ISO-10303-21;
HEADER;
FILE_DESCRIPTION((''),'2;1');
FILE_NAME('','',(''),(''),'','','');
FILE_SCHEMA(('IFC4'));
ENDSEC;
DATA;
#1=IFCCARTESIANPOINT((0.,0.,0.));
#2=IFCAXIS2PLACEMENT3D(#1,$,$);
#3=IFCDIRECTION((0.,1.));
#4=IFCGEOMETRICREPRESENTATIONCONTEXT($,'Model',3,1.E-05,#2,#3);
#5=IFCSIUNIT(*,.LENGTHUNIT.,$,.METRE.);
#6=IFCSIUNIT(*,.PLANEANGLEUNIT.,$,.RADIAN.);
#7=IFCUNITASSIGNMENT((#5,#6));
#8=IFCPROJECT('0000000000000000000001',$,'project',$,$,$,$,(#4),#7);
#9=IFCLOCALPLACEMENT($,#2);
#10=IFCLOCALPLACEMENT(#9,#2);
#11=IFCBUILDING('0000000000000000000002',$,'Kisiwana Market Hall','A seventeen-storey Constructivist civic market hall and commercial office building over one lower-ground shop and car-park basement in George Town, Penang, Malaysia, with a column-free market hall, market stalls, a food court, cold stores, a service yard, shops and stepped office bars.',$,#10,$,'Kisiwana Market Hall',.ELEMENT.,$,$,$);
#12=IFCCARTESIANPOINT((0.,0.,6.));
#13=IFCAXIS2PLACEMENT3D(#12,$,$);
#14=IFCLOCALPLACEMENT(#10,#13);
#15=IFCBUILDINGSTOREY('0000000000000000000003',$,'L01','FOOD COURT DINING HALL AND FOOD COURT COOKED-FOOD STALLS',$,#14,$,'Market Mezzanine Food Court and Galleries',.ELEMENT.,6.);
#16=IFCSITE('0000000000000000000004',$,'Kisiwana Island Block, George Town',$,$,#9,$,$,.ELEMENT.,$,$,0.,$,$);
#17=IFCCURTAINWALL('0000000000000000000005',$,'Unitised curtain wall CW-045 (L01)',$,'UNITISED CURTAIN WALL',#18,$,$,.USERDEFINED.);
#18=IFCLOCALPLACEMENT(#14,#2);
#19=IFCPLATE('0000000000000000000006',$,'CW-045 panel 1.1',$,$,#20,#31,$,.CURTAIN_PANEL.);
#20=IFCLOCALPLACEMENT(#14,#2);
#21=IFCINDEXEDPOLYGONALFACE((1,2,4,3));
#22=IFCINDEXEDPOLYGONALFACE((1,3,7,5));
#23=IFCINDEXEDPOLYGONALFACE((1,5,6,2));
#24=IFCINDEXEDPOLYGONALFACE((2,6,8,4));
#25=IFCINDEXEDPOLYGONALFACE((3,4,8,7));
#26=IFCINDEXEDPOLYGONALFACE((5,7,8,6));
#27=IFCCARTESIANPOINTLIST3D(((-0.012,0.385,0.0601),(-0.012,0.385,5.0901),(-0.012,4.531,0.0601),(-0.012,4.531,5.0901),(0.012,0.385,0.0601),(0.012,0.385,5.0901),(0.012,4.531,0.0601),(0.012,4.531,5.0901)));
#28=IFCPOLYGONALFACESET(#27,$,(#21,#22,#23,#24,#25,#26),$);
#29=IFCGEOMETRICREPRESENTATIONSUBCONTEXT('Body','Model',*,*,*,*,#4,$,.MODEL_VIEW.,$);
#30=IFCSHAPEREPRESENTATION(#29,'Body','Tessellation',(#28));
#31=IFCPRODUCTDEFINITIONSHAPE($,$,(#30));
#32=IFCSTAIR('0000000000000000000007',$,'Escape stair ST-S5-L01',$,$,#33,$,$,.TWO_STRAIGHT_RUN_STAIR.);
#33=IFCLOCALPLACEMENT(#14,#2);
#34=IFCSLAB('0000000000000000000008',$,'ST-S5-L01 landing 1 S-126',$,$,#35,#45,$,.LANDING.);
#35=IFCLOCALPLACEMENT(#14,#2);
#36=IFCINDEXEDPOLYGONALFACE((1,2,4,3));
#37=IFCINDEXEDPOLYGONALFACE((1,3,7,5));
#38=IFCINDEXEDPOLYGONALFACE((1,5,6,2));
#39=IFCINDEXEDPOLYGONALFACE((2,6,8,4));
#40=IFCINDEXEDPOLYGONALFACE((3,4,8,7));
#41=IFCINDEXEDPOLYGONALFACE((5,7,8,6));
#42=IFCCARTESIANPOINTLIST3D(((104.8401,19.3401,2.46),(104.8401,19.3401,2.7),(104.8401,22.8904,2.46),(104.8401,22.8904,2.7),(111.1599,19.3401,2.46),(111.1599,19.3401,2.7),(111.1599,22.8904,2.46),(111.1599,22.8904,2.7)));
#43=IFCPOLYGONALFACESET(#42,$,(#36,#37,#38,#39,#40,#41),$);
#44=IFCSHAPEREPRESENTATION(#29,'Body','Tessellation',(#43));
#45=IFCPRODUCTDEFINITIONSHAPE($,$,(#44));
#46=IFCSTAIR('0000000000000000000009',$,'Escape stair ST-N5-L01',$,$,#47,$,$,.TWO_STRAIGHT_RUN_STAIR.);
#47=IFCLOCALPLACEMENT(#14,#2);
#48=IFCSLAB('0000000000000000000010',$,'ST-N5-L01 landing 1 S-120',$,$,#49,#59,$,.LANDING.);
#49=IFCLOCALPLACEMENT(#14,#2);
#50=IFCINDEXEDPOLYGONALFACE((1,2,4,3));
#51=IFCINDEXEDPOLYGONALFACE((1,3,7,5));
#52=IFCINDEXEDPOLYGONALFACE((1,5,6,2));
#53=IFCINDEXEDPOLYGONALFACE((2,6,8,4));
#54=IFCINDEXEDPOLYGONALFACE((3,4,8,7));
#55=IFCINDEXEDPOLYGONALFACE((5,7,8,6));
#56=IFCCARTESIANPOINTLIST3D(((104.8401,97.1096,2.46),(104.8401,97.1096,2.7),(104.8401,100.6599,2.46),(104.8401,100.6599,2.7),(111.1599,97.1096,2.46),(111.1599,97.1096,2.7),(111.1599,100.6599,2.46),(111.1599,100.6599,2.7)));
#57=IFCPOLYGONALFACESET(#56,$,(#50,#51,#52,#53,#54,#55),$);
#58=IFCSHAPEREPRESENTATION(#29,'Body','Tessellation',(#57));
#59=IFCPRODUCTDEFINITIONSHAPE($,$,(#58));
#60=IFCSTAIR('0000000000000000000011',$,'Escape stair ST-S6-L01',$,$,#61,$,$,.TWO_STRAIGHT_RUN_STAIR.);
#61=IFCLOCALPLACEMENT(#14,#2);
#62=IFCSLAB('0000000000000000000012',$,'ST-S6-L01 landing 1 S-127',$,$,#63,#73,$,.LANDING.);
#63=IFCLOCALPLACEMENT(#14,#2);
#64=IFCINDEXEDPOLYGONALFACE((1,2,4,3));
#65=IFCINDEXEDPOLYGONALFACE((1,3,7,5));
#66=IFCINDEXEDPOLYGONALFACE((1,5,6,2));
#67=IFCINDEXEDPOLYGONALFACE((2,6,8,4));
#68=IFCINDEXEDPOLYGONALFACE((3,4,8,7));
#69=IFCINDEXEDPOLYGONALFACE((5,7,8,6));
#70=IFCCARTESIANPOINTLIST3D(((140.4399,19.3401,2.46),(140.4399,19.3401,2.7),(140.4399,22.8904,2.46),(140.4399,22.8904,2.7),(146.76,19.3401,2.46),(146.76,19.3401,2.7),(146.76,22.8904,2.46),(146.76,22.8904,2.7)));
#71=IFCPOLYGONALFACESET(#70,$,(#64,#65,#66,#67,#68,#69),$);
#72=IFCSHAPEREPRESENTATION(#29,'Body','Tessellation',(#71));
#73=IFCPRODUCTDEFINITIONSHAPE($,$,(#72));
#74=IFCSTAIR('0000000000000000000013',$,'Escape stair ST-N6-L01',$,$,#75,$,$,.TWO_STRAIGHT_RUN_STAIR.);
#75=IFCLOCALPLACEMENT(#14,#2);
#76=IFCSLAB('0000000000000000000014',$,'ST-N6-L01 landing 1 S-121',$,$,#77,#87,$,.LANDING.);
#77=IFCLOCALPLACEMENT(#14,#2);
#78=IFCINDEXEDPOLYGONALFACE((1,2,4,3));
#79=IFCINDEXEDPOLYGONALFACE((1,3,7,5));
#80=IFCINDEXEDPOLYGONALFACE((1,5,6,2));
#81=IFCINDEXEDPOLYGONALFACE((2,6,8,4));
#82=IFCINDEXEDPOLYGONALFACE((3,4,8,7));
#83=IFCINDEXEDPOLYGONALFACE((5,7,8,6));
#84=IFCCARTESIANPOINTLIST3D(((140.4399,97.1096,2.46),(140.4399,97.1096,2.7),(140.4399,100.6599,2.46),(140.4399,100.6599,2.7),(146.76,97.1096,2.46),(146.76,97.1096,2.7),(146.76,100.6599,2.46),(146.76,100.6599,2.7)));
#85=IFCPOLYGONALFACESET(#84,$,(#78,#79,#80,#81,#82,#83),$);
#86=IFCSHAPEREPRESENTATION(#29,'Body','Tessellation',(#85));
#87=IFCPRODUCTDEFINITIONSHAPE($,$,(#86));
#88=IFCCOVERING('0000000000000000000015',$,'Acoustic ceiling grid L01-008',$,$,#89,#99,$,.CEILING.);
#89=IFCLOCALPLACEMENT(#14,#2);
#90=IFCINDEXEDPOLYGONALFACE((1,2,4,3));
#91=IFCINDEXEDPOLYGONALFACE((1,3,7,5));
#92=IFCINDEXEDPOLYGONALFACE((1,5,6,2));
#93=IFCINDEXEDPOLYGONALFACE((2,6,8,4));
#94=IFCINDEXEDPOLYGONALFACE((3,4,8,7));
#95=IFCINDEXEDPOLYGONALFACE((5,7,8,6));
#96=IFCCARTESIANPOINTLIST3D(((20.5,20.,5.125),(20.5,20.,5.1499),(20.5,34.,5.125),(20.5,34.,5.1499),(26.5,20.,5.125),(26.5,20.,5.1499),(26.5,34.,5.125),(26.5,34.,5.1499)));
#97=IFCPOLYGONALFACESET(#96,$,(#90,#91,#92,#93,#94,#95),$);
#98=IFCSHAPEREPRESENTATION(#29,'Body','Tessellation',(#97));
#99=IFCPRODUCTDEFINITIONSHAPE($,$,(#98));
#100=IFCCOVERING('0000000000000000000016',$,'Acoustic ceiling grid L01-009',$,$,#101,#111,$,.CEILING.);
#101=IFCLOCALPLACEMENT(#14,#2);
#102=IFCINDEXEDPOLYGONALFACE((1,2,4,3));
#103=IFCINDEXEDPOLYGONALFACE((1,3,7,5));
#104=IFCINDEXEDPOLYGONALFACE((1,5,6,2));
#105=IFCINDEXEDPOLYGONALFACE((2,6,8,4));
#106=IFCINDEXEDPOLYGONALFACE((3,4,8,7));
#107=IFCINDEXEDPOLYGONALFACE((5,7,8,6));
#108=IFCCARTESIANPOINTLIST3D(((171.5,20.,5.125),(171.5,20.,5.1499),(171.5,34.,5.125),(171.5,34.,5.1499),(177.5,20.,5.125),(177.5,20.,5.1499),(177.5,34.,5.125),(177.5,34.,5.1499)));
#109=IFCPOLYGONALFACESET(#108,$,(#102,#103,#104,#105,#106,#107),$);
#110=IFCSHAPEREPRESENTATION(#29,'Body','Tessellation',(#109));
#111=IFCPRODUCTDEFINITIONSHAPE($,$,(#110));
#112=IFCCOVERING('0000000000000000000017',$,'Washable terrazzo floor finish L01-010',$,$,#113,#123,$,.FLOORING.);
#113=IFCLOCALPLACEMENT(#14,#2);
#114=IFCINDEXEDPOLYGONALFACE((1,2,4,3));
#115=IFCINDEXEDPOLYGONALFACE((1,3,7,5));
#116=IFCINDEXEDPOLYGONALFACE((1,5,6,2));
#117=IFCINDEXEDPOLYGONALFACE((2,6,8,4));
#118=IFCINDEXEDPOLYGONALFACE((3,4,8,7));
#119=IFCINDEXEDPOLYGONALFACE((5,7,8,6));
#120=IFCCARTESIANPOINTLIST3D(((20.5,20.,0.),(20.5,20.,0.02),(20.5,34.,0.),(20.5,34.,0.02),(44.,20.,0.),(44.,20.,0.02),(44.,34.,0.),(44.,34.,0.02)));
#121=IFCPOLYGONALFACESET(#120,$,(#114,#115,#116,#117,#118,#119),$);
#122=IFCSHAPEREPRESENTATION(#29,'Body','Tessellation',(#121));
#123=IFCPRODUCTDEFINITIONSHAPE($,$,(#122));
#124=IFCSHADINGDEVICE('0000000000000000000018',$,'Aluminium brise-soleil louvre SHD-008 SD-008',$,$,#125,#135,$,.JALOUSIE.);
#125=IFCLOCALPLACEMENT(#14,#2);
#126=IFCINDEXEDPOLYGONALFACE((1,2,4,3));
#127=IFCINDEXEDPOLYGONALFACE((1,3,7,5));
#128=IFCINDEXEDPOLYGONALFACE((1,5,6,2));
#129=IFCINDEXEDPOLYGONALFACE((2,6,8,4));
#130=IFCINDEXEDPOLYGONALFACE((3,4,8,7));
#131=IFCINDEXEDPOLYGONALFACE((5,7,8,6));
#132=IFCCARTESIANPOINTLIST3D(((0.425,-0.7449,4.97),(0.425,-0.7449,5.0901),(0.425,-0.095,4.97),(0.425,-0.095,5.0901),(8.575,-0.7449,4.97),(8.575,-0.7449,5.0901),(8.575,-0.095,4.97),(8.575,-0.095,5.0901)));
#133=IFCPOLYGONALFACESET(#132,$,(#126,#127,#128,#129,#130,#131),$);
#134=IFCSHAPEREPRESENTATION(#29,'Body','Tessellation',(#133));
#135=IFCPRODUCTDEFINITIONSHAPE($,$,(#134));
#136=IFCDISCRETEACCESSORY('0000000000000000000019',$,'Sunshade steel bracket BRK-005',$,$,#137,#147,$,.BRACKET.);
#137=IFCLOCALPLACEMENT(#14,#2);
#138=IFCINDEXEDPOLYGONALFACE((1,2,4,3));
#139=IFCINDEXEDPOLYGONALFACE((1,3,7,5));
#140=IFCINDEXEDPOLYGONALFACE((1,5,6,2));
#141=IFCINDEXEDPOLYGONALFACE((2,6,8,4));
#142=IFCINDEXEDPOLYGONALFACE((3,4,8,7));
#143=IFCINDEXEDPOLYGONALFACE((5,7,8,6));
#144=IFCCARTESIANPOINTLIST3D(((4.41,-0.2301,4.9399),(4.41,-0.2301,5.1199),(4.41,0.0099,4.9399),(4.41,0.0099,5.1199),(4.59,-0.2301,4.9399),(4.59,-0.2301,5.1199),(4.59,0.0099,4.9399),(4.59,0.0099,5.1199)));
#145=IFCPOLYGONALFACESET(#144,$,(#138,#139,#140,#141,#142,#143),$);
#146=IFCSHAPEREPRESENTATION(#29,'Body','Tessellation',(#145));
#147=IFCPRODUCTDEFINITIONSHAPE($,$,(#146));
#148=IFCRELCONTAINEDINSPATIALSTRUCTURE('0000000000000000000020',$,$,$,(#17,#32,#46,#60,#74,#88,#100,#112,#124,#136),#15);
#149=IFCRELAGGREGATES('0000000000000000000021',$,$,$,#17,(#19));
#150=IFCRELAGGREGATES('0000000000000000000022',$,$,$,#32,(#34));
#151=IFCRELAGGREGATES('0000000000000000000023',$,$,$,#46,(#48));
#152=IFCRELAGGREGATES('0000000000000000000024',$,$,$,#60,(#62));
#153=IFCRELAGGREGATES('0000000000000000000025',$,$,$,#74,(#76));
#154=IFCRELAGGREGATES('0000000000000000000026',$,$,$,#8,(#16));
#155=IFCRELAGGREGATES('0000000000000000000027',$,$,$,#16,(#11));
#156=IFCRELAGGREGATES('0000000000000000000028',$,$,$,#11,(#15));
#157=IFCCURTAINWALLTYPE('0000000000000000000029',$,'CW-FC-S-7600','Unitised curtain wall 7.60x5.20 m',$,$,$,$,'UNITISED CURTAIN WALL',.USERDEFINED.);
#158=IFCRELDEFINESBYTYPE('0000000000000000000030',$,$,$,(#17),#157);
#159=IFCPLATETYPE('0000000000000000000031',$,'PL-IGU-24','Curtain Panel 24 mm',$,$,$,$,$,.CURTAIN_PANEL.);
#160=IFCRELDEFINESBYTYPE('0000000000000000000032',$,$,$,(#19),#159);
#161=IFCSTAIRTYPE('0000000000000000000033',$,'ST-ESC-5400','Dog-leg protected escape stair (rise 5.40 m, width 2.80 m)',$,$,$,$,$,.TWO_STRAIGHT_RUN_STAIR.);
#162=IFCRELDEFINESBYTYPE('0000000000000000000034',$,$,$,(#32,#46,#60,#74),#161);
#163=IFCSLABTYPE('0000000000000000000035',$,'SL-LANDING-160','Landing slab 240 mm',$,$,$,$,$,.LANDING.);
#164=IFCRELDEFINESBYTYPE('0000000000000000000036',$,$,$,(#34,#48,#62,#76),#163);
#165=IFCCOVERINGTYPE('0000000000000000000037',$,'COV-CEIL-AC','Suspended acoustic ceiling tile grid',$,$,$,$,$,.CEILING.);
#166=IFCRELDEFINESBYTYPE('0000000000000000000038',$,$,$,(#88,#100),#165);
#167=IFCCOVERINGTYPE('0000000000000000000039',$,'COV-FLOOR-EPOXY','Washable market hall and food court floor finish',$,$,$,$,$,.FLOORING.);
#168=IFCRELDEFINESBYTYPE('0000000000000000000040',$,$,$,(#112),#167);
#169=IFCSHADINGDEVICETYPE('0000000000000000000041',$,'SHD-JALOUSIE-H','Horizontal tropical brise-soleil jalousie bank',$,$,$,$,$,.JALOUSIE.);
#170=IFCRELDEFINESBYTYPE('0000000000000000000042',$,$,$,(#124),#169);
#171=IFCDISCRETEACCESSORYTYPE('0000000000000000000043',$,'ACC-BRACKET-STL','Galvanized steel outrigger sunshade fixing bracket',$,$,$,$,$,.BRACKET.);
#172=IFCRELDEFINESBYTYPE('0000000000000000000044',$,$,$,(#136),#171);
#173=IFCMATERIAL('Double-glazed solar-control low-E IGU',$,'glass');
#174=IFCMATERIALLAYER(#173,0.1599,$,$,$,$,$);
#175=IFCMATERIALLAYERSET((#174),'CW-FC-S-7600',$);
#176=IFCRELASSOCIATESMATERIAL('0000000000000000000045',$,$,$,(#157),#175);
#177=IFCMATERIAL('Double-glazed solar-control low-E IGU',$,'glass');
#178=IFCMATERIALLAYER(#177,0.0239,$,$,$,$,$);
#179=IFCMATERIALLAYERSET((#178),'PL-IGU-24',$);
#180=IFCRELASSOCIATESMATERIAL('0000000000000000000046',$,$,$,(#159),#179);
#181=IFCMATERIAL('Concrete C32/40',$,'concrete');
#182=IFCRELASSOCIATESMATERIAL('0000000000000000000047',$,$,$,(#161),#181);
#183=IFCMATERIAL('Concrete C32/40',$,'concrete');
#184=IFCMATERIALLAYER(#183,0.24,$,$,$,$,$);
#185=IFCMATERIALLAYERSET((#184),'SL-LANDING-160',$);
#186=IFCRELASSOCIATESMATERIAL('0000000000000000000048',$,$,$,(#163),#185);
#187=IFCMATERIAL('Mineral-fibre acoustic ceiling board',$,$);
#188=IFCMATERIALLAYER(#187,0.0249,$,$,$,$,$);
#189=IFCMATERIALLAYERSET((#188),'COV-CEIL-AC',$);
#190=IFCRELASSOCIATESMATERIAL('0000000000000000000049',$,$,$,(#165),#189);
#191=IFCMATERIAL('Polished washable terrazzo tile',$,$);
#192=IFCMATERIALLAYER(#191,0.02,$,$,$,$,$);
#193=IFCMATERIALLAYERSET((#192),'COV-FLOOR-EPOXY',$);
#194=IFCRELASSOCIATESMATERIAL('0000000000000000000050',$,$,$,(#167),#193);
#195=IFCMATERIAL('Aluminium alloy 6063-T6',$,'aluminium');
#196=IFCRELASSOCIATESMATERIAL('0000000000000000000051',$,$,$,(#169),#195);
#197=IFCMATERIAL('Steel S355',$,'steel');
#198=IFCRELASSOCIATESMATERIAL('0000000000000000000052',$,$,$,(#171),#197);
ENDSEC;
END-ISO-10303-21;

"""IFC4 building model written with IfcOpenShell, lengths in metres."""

from ifc_helpers import new_model, si_unit, direction, frame, origin, origin_2d, place, context, subcontext, project, spatial, polyline, rectangle, outline, extrude, material, layer, layer_set, type_object, element, aggregate, save


model = new_model("IFC4")

# Units and contexts
model_context = context("Model", 3, precision=1e-05, world=origin(), true_north=direction((0.0, 1.0)))
body_context = subcontext(model_context, "Body", "Model", "MODEL_VIEW")
ifc_project = project(units=[si_unit("LENGTHUNIT", "METRE"), si_unit("PLANEANGLEUNIT", "RADIAN")], contexts=[model_context])

# Site, building, storey
site_placement = place(None, origin())
site = spatial("IfcSite", under=ifc_project, at=site_placement, Name="Kisiwana Island Block, George Town", CompositionType="ELEMENT", RefElevation=0.0)
building_placement = place(site_placement, origin())
building = spatial("IfcBuilding", under=site, at=building_placement, Name="Kisiwana Market Hall", Description="A seventeen-storey Constructivist civic market hall and commercial office building over one lower-ground shop and car-park basement in George Town, Penang, Malaysia, with a column-free market hall, market stalls, a food court, cold stores, a service yard, shops and stepped office bars.", LongName="Kisiwana Market Hall", CompositionType="ELEMENT")
storey_placement = place(building_placement, frame((0.0, 0.0, 6.0)))
storey = spatial("IfcBuildingStorey", under=building, at=storey_placement, Name="L01", Description="FOOD COURT DINING HALL AND FOOD COURT COOKED-FOOD STALLS", LongName="Market Mezzanine Food Court and Galleries", CompositionType="ELEMENT", Elevation=6.0)

# Shared definitions
ifc_material_1 = material(Name="Double-glazed solar-control low-E IGU", Category="glass")
ifc_layer_1 = layer(ifc_material_1, 0.1599)
ifc_layer_set_1 = layer_set([ifc_layer_1], Name="CW-FC-S-7600")
curtain_wall_type = type_object("IfcCurtainWallType", Name="CW-FC-S-7600", Description="Unitised curtain wall 7.60x5.20 m", ElementType="UNITISED CURTAIN WALL", PredefinedType="USERDEFINED", material=ifc_layer_set_1)

# Curtain wall
curtain_wall_1_placement = place(storey_placement, origin())
curtain_wall_1 = element("IfcCurtainWall", 1, at=curtain_wall_1_placement, inside=storey, type_object=curtain_wall_type, Name="Unitised curtain wall CW-045 (L01)", ObjectType="UNITISED CURTAIN WALL", PredefinedType="USERDEFINED")

# Plate
ifc_material_2 = material(Name="Double-glazed solar-control low-E IGU", Category="glass")
ifc_layer_2 = layer(ifc_material_2, 0.0239)
ifc_layer_set_2 = layer_set([ifc_layer_2], Name="PL-IGU-24")
plate_type = type_object("IfcPlateType", Name="PL-IGU-24", Description="Curtain Panel 24 mm", PredefinedType="CURTAIN_PANEL", material=ifc_layer_set_2)
plate_1_placement = place(storey_placement, frame((0.0, 2.458, 0.0601), z_axis=(0.0, 0.0, 1.0), x_axis=(0.0, 1.0, 0.0)))
plate_1 = element("IfcPlate", 2, at=plate_1_placement, type_object=plate_type, Name="CW-045 panel 1.1", PredefinedType="CURTAIN_PANEL", context=body_context, shape_type="SweptSolid", body=[
    extrude(rectangle(XDim=4.146, YDim=0.0239, at=origin_2d()), origin(), (0.0, 0.0, 1.0), 5.03),
])
aggregate(curtain_wall_1, [plate_1])

# Stairs, slabs
ifc_material_3 = material(Name="Concrete C32/40", Category="concrete")
stair_type = type_object("IfcStairType", Name="ST-ESC-5400", Description="Dog-leg protected escape stair (rise 5.40 m, width 2.80 m)", PredefinedType="TWO_STRAIGHT_RUN_STAIR", material=ifc_material_3)
stair_1_placement = place(storey_placement, origin())
stair_1 = element("IfcStair", 3, at=stair_1_placement, inside=storey, type_object=stair_type, Name="Escape stair ST-S5-L01", PredefinedType="TWO_STRAIGHT_RUN_STAIR")
ifc_material_4 = material(Name="Concrete C32/40", Category="concrete")
ifc_layer_3 = layer(ifc_material_4, 0.24)
ifc_layer_set_3 = layer_set([ifc_layer_3], Name="SL-LANDING-160")
slab_type = type_object("IfcSlabType", Name="SL-LANDING-160", Description="Landing slab 240 mm", PredefinedType="LANDING", material=ifc_layer_set_3)
slab_1_placement = place(storey_placement, frame((0.0, 0.0, 2.46)))
slab_1 = element("IfcSlab", 4, at=slab_1_placement, type_object=slab_type, Name="ST-S5-L01 landing 1 S-126", PredefinedType="LANDING", context=body_context, shape_type="SweptSolid", body=[
    extrude(outline(polyline([(104.8401, 19.3401), (111.1599, 19.3401), (111.1599, 22.8904), (104.8401, 22.8904), (104.8401, 19.3401)])), origin(), (0.0, 0.0, 1.0), 0.24),
])
aggregate(stair_1, [slab_1])
stair_2_placement = place(storey_placement, origin())
stair_2 = element("IfcStair", 5, at=stair_2_placement, inside=storey, type_object=stair_type, Name="Escape stair ST-N5-L01", PredefinedType="TWO_STRAIGHT_RUN_STAIR")
slab_2_placement = place(storey_placement, frame((0.0, 0.0, 2.46)))
slab_2 = element("IfcSlab", 6, at=slab_2_placement, type_object=slab_type, Name="ST-N5-L01 landing 1 S-120", PredefinedType="LANDING", context=body_context, shape_type="SweptSolid", body=[
    extrude(outline(polyline([(104.8401, 97.1096), (111.1599, 97.1096), (111.1599, 100.6599), (104.8401, 100.6599), (104.8401, 97.1096)])), origin(), (0.0, 0.0, 1.0), 0.24),
])
aggregate(stair_2, [slab_2])
stair_3_placement = place(storey_placement, origin())
stair_3 = element("IfcStair", 7, at=stair_3_placement, inside=storey, type_object=stair_type, Name="Escape stair ST-S6-L01", PredefinedType="TWO_STRAIGHT_RUN_STAIR")
slab_3_placement = place(storey_placement, frame((0.0, 0.0, 2.46)))
slab_3 = element("IfcSlab", 8, at=slab_3_placement, type_object=slab_type, Name="ST-S6-L01 landing 1 S-127", PredefinedType="LANDING", context=body_context, shape_type="SweptSolid", body=[
    extrude(outline(polyline([(140.4399, 19.3401), (146.76, 19.3401), (146.76, 22.8904), (140.4399, 22.8904), (140.4399, 19.3401)])), origin(), (0.0, 0.0, 1.0), 0.24),
])
aggregate(stair_3, [slab_3])
stair_4_placement = place(storey_placement, origin())
stair_4 = element("IfcStair", 9, at=stair_4_placement, inside=storey, type_object=stair_type, Name="Escape stair ST-N6-L01", PredefinedType="TWO_STRAIGHT_RUN_STAIR")
slab_4_placement = place(storey_placement, frame((0.0, 0.0, 2.46)))
slab_4 = element("IfcSlab", 10, at=slab_4_placement, type_object=slab_type, Name="ST-N6-L01 landing 1 S-121", PredefinedType="LANDING", context=body_context, shape_type="SweptSolid", body=[
    extrude(outline(polyline([(140.4399, 97.1096), (146.76, 97.1096), (146.76, 100.6599), (140.4399, 100.6599), (140.4399, 97.1096)])), origin(), (0.0, 0.0, 1.0), 0.24),
])
aggregate(stair_4, [slab_4])

# Coverings
ifc_material_5 = material(Name="Mineral-fibre acoustic ceiling board")
ifc_layer_4 = layer(ifc_material_5, 0.0249)
ifc_layer_set_4 = layer_set([ifc_layer_4], Name="COV-CEIL-AC")
covering_type_1 = type_object("IfcCoveringType", Name="COV-CEIL-AC", Description="Suspended acoustic ceiling tile grid", PredefinedType="CEILING", material=ifc_layer_set_4)
covering_1_placement = place(storey_placement, frame((0.0, 0.0, 5.125)))
element("IfcCovering", 11, at=covering_1_placement, inside=storey, type_object=covering_type_1, Name="Acoustic ceiling grid L01-008", PredefinedType="CEILING", context=body_context, shape_type="SweptSolid", body=[
    extrude(outline(polyline([(20.5, 20.0), (26.5, 20.0), (26.5, 34.0), (20.5, 34.0), (20.5, 20.0)])), origin(), (0.0, 0.0, 1.0), 0.0249),
])
covering_2_placement = place(storey_placement, frame((0.0, 0.0, 5.125)))
element("IfcCovering", 12, at=covering_2_placement, inside=storey, type_object=covering_type_1, Name="Acoustic ceiling grid L01-009", PredefinedType="CEILING", context=body_context, shape_type="SweptSolid", body=[
    extrude(outline(polyline([(171.5, 20.0), (177.5, 20.0), (177.5, 34.0), (171.5, 34.0), (171.5, 20.0)])), origin(), (0.0, 0.0, 1.0), 0.0249),
])
ifc_material_6 = material(Name="Polished washable terrazzo tile")
ifc_layer_5 = layer(ifc_material_6, 0.02)
ifc_layer_set_5 = layer_set([ifc_layer_5], Name="COV-FLOOR-EPOXY")
covering_type_2 = type_object("IfcCoveringType", Name="COV-FLOOR-EPOXY", Description="Washable market hall and food court floor finish", PredefinedType="FLOORING", material=ifc_layer_set_5)
covering_3_placement = place(storey_placement, origin())
element("IfcCovering", 13, at=covering_3_placement, inside=storey, type_object=covering_type_2, Name="Washable terrazzo floor finish L01-010", PredefinedType="FLOORING", context=body_context, shape_type="SweptSolid", body=[
    extrude(outline(polyline([(20.5, 20.0), (44.0, 20.0), (44.0, 34.0), (20.5, 34.0), (20.5, 20.0)])), origin(), (0.0, 0.0, 1.0), 0.02),
])

# Shading device
ifc_material_7 = material(Name="Aluminium alloy 6063-T6", Category="aluminium")
shading_device_type = type_object("IfcShadingDeviceType", Name="SHD-JALOUSIE-H", Description="Horizontal tropical brise-soleil jalousie bank", PredefinedType="JALOUSIE", material=ifc_material_7)
shading_device_placement = place(storey_placement, frame((4.5, -0.4199, 4.97), z_axis=(0.0, 0.0, 1.0), x_axis=(1.0, 0.0, 0.0)))
element("IfcShadingDevice", 14, at=shading_device_placement, inside=storey, type_object=shading_device_type, Name="Aluminium brise-soleil louvre SHD-008 SD-008", PredefinedType="JALOUSIE", context=body_context, shape_type="SweptSolid", body=[
    extrude(rectangle(XDim=8.1499, YDim=0.6499, at=origin_2d()), origin(), (0.0, 0.0, 1.0), 0.1201),
])

# Discrete accessory
ifc_material_8 = material(Name="Steel S355", Category="steel")
discrete_accessory_type = type_object("IfcDiscreteAccessoryType", Name="ACC-BRACKET-STL", Description="Galvanized steel outrigger sunshade fixing bracket", PredefinedType="BRACKET", material=ifc_material_8)
discrete_accessory_placement = place(storey_placement, frame((4.5, -0.1101, 4.9399), z_axis=(0.0, 0.0, 1.0), x_axis=(1.0, 0.0, 0.0)))
element("IfcDiscreteAccessory", 15, at=discrete_accessory_placement, inside=storey, type_object=discrete_accessory_type, Name="Sunshade steel bracket BRK-005", PredefinedType="BRACKET", context=body_context, shape_type="SweptSolid", body=[
    extrude(rectangle(XDim=0.1799, YDim=0.24, at=origin_2d()), origin(), (0.0, 0.0, 1.0), 0.1799),
])

save(model, "model.ifc")
